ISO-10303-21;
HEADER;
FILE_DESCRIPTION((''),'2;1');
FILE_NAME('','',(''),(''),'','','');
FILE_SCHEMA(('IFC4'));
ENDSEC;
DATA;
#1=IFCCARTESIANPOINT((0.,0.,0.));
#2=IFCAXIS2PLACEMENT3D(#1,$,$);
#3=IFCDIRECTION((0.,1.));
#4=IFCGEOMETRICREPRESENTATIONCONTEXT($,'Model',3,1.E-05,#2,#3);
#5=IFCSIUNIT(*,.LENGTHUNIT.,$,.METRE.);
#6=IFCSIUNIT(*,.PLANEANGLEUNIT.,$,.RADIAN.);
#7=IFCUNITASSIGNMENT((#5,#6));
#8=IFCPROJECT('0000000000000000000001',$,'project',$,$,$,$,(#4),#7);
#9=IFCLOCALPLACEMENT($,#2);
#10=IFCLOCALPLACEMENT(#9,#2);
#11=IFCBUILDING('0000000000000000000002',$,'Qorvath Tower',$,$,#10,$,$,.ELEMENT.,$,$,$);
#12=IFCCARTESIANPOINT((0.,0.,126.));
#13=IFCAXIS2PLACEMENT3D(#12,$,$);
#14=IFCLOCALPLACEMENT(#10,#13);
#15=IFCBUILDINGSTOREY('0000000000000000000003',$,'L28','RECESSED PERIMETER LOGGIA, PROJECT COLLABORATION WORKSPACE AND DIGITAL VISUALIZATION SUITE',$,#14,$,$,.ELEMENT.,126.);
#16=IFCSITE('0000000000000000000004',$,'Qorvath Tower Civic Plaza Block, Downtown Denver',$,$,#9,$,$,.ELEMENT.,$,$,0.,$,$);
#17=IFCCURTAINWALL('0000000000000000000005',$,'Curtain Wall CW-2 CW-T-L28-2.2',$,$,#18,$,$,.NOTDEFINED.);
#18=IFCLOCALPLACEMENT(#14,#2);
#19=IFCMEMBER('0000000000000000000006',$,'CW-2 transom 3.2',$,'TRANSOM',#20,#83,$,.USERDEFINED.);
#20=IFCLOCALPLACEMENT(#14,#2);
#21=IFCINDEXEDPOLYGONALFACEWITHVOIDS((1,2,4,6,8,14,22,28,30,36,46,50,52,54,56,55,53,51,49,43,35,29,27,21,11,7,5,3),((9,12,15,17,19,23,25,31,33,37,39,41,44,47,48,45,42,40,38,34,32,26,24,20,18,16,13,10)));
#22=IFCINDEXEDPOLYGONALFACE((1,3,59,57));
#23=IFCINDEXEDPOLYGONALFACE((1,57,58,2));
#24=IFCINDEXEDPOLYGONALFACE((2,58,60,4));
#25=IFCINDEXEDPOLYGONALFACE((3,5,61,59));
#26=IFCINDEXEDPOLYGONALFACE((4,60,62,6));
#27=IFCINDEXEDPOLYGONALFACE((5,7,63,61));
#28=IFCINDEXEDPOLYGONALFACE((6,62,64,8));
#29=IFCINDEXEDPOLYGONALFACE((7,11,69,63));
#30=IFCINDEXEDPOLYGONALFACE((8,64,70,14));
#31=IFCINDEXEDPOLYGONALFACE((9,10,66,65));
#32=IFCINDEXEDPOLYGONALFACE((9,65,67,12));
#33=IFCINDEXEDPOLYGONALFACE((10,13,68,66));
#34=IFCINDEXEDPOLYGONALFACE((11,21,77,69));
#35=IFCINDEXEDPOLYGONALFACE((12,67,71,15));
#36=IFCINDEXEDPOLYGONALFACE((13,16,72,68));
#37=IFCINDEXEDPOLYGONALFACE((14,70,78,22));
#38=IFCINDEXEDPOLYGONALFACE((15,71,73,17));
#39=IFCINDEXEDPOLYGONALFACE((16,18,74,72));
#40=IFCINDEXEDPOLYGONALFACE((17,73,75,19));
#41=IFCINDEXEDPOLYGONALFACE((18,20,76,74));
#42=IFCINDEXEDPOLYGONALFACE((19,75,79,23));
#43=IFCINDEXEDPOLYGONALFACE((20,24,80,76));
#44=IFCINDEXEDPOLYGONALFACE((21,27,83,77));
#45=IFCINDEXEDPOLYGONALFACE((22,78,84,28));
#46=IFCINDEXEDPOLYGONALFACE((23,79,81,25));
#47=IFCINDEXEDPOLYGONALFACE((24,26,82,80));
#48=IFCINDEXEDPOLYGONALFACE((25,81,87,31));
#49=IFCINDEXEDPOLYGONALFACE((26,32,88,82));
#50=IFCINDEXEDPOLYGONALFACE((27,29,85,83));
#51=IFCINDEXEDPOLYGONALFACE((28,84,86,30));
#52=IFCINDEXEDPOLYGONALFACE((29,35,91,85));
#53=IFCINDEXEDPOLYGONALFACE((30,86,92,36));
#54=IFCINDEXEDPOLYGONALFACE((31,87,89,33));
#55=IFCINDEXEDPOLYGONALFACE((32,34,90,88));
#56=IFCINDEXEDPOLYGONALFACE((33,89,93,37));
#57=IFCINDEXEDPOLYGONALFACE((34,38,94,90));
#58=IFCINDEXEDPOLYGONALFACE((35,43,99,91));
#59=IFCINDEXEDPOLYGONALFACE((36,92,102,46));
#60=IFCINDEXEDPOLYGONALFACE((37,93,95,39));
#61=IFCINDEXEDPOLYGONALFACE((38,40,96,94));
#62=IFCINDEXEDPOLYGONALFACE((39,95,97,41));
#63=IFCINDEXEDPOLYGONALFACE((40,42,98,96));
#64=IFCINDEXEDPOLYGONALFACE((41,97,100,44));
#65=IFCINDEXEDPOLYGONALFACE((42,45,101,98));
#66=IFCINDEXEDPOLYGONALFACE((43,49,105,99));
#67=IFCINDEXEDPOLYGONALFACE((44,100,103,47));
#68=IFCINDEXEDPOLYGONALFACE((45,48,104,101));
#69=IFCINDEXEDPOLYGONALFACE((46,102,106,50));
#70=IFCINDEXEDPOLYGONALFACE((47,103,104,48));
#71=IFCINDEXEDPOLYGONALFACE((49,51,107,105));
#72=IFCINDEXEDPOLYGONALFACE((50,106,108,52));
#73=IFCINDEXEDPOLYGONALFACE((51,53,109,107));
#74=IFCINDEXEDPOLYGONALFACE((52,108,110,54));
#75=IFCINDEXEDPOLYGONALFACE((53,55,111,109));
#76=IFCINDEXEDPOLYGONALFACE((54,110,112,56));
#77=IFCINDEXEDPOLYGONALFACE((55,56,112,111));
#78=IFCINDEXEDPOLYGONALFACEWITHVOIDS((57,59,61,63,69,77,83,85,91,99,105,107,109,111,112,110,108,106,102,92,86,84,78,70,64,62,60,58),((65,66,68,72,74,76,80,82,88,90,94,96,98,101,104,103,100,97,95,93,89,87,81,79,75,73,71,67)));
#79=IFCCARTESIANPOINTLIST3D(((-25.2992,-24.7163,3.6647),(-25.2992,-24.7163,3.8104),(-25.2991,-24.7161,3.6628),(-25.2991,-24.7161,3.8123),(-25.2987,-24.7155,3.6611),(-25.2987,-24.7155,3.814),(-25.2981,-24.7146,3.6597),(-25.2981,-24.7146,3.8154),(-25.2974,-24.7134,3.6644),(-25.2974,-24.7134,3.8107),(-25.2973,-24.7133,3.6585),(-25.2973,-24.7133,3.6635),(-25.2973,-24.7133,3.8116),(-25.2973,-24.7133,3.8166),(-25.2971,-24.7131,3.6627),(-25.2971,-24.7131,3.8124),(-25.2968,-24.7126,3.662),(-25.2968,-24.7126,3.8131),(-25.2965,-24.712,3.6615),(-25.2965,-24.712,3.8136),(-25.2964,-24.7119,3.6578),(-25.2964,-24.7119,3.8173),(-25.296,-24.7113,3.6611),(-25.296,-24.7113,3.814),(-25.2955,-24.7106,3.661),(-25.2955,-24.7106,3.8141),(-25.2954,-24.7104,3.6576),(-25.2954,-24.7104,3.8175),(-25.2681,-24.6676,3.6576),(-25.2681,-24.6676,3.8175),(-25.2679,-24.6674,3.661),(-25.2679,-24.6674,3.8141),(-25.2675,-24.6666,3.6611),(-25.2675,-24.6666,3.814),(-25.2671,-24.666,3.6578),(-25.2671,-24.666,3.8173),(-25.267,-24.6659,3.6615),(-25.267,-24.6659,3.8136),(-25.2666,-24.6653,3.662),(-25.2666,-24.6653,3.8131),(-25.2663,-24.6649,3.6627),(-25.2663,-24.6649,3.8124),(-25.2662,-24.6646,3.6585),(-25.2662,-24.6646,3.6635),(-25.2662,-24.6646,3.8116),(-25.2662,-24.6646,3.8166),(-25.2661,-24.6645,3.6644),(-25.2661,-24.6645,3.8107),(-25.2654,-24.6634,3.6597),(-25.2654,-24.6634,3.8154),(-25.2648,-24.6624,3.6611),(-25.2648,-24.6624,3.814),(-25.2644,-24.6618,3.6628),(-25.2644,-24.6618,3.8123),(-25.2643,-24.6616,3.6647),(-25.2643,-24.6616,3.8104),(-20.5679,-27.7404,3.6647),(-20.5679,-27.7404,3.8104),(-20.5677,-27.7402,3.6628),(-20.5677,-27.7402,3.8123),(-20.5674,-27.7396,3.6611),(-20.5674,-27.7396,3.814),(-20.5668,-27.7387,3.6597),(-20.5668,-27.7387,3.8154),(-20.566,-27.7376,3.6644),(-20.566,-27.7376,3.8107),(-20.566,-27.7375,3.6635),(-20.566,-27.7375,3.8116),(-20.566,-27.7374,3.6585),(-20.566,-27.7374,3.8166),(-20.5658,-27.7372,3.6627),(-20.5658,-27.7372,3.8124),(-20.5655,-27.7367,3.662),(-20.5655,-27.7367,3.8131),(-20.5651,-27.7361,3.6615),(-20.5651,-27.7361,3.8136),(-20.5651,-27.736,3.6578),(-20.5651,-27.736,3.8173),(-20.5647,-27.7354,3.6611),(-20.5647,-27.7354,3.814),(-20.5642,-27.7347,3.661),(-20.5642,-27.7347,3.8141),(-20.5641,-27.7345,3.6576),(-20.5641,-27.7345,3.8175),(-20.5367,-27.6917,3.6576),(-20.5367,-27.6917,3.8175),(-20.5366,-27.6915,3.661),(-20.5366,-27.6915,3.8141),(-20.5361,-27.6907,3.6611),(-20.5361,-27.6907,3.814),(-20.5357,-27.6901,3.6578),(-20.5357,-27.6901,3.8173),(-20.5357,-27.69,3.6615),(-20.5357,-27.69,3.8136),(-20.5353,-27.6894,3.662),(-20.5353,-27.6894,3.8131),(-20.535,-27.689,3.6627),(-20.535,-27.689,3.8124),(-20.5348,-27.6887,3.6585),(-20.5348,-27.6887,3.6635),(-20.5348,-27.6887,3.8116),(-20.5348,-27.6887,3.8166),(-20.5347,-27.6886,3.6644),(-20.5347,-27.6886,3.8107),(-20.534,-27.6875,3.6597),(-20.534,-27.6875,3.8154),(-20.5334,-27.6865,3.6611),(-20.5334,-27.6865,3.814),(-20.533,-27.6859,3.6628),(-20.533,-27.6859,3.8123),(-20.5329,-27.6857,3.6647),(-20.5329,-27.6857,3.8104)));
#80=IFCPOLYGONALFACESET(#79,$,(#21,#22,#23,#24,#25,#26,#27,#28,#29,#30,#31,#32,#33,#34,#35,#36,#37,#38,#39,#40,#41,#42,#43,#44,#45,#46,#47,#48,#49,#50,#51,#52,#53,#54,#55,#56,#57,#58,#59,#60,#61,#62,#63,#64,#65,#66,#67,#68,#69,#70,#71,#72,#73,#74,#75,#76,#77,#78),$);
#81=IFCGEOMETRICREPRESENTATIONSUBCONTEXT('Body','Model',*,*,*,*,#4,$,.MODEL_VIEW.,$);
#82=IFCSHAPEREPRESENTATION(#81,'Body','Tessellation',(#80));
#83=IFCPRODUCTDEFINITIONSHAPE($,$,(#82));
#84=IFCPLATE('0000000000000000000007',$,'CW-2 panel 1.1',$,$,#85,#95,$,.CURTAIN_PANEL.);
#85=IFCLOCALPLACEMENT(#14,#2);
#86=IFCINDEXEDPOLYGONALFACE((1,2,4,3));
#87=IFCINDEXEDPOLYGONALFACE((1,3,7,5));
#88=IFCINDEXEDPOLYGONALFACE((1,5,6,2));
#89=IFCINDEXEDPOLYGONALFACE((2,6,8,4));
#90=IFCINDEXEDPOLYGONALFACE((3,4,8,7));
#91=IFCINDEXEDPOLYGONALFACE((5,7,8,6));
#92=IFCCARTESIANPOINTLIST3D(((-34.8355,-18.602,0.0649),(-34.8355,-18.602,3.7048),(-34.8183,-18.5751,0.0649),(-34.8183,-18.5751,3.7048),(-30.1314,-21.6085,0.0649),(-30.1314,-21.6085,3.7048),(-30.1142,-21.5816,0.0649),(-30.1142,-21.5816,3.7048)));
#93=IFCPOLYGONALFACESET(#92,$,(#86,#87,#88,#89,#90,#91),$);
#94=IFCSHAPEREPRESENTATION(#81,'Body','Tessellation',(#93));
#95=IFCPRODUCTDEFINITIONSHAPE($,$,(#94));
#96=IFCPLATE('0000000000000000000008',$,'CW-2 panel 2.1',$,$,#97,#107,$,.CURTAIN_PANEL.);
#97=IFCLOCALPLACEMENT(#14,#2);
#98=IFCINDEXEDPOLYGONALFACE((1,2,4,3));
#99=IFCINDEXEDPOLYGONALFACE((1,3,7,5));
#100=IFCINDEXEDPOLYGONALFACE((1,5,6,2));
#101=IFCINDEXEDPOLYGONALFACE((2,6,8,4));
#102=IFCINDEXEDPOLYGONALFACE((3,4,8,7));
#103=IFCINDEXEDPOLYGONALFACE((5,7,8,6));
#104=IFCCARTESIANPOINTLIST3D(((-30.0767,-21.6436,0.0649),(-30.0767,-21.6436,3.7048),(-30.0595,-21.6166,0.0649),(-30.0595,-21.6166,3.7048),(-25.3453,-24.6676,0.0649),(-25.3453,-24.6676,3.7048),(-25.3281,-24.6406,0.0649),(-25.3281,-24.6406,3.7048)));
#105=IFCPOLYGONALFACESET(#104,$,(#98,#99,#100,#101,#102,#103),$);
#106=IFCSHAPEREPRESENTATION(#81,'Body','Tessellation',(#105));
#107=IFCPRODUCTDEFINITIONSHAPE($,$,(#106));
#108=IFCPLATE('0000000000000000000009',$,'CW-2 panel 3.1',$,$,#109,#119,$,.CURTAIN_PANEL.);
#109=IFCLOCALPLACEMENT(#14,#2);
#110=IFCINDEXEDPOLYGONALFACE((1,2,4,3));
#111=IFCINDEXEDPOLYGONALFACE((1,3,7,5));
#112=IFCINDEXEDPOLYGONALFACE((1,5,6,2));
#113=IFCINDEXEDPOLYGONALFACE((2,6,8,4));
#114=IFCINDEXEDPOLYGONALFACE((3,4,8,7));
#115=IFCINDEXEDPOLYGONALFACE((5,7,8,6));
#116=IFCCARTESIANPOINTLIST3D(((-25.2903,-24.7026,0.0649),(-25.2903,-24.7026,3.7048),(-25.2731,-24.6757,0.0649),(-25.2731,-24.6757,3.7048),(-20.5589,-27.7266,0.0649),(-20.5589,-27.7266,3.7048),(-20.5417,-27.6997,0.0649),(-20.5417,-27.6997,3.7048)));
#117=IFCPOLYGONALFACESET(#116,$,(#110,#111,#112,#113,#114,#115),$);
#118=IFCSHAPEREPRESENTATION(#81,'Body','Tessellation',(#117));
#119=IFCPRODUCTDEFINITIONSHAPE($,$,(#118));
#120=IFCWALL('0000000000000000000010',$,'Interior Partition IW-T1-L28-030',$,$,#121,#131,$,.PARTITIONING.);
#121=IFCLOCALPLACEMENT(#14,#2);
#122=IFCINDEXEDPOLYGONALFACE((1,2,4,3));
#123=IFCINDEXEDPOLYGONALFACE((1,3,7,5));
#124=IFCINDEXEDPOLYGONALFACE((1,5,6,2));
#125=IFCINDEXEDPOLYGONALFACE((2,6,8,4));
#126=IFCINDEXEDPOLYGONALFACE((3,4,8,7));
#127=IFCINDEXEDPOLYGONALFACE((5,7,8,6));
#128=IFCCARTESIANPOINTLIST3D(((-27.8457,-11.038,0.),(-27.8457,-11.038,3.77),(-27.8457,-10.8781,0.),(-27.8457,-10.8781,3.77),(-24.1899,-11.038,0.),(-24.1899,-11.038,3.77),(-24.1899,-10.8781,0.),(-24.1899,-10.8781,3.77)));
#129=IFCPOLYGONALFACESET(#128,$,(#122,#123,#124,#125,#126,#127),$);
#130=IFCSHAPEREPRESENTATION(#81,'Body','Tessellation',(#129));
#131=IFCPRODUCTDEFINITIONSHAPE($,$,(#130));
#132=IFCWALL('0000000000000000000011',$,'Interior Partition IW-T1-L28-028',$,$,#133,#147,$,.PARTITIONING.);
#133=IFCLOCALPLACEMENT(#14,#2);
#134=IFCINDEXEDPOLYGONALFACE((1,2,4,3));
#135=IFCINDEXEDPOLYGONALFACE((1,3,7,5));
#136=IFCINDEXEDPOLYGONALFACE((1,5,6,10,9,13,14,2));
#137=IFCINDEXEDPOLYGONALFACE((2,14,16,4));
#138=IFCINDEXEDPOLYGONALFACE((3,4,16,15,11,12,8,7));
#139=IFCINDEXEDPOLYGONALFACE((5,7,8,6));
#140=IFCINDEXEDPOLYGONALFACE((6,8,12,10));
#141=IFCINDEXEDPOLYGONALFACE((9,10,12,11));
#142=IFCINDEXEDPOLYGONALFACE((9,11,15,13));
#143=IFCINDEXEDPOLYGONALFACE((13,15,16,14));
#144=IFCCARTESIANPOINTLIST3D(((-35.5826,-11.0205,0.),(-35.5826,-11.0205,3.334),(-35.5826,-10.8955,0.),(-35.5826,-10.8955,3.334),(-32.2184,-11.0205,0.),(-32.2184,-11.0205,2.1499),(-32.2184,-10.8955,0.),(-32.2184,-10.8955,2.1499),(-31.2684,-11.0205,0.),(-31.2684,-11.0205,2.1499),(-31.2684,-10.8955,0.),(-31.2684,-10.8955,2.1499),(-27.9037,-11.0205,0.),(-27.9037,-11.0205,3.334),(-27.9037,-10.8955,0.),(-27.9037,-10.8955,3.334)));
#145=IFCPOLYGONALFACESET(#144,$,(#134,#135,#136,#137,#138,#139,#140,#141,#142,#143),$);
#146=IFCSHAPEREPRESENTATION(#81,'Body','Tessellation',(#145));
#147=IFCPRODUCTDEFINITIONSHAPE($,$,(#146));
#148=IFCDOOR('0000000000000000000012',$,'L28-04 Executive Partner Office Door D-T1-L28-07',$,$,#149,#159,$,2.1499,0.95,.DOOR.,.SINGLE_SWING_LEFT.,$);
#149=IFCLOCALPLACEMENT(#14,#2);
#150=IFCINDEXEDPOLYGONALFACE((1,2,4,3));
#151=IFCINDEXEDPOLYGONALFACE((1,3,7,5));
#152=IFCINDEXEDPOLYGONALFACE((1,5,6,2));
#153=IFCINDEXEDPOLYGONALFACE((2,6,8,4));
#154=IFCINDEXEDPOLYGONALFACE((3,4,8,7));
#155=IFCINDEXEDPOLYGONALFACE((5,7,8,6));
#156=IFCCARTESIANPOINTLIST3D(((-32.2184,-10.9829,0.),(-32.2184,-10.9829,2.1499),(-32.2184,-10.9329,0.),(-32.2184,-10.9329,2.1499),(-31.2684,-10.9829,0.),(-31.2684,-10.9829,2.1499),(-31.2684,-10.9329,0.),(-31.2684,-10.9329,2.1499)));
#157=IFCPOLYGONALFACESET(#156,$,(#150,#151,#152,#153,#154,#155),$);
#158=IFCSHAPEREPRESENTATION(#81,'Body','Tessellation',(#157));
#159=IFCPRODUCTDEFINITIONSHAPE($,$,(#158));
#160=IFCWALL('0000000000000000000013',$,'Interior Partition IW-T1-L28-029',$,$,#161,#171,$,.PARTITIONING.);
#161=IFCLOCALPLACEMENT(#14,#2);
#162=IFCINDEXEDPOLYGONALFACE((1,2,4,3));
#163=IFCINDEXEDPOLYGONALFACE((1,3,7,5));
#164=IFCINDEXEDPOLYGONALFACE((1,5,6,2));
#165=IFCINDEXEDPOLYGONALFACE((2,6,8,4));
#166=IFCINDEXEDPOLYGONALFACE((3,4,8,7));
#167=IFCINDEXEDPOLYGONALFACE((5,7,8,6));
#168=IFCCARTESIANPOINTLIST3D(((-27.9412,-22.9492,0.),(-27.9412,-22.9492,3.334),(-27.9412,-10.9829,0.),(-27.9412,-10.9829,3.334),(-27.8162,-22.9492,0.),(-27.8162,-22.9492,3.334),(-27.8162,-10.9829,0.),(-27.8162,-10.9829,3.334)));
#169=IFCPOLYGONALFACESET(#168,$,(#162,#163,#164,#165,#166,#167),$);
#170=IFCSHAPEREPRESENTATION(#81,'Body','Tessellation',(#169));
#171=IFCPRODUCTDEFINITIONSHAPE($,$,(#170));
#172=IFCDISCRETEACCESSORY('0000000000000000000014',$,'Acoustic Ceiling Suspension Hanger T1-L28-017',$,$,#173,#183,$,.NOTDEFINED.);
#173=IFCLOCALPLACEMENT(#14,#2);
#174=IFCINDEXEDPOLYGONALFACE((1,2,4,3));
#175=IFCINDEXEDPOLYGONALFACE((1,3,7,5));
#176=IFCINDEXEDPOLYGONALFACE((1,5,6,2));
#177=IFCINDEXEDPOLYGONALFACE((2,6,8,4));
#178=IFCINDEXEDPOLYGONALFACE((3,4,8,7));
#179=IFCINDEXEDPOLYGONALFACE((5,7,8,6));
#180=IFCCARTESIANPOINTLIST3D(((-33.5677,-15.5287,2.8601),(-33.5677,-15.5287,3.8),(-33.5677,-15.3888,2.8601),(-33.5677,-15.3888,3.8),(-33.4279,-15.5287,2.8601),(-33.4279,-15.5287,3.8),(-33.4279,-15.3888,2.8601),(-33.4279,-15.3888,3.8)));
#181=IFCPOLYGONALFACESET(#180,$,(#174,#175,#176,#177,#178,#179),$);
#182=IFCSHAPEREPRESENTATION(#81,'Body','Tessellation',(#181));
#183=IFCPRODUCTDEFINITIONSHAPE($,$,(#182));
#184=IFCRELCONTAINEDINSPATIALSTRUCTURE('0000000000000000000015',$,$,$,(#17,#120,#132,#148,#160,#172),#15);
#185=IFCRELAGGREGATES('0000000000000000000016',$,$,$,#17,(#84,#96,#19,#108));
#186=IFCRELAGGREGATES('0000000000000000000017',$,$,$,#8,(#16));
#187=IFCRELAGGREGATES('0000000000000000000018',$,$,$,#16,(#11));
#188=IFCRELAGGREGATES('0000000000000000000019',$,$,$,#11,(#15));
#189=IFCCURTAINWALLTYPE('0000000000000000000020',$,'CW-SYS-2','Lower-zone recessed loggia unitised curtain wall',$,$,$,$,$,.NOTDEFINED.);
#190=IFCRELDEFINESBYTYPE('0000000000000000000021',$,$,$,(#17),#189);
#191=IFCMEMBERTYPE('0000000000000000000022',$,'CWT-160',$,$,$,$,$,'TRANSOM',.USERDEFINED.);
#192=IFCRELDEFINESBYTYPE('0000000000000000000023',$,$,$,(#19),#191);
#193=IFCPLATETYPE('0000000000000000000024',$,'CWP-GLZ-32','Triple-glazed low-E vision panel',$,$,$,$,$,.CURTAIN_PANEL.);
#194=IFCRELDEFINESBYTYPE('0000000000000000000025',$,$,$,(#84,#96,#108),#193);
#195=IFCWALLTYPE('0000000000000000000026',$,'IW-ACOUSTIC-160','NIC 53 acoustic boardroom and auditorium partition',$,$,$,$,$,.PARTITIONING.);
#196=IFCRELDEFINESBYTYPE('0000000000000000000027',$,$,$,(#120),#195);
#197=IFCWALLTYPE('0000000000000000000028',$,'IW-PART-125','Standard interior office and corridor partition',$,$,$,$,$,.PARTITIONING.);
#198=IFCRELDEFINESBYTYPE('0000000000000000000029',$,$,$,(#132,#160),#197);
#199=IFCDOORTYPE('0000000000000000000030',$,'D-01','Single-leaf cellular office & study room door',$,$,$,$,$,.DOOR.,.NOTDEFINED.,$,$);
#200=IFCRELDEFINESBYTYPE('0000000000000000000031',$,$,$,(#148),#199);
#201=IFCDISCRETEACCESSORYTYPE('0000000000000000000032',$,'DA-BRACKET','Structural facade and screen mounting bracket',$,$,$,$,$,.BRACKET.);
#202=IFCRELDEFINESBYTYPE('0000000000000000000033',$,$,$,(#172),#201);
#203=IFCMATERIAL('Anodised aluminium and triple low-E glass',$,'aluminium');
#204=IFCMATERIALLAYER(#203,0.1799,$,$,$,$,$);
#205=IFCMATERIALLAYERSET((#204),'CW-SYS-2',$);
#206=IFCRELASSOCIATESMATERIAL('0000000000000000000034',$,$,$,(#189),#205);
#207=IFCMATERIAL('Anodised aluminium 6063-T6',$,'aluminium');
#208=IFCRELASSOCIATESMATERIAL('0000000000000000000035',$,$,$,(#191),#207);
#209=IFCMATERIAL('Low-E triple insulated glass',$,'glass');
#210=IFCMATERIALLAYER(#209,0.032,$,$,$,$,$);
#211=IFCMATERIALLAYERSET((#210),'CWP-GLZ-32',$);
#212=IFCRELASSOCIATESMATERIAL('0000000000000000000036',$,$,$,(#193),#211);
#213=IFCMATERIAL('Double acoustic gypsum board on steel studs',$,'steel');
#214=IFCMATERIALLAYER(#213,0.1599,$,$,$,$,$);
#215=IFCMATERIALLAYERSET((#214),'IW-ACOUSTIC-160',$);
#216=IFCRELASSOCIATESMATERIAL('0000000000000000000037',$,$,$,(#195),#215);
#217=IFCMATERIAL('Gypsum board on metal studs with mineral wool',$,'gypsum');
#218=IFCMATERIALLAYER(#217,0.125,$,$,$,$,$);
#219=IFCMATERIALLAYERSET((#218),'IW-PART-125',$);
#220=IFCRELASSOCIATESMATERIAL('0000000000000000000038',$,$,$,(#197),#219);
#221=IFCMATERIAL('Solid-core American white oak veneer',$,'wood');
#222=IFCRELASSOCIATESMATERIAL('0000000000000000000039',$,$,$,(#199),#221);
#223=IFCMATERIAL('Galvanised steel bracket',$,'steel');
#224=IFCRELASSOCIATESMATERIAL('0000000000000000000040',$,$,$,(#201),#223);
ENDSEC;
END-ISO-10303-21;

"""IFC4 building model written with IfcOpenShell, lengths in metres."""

from ifc_helpers import new_model, si_unit, direction, frame, frame_2d, origin, origin_2d, place, context, subcontext, project, spatial, rectangle, hollow_rectangle, extrude, material, layer, layer_set, material_profile, profile_set, type_object, element, fill, aggregate, save


model = new_model("IFC4")

# Units and contexts
model_context = context("Model", 3, precision=1e-05, world=origin(), true_north=direction((0.0, 1.0)))
body_context = subcontext(model_context, "Body", "Model", "MODEL_VIEW")
ifc_project = project(units=[si_unit("LENGTHUNIT", "METRE"), si_unit("PLANEANGLEUNIT", "RADIAN")], contexts=[model_context])

# Site, building, storey
site_placement = place(None, origin())
site = spatial("IfcSite", under=ifc_project, at=site_placement, Name="Qorvath Tower Civic Plaza Block, Downtown Denver", CompositionType="ELEMENT", RefElevation=0.0)
building_placement = place(site_placement, origin())
building = spatial("IfcBuilding", under=site, at=building_placement, Name="Qorvath Tower", CompositionType="ELEMENT")
storey_placement = place(building_placement, frame((0.0, 0.0, 126.0)))
storey = spatial("IfcBuildingStorey", under=building, at=storey_placement, Name="L28", Description="RECESSED PERIMETER LOGGIA, PROJECT COLLABORATION WORKSPACE AND DIGITAL VISUALIZATION SUITE", CompositionType="ELEMENT", Elevation=126.0)

# Curtain wall, member, plates
ifc_material_1 = material(Name="Anodised aluminium and triple low-E glass", Category="aluminium")
ifc_layer_1 = layer(ifc_material_1, 0.1799)
ifc_layer_set_1 = layer_set([ifc_layer_1], Name="CW-SYS-2")
curtain_wall_type = type_object("IfcCurtainWallType", Name="CW-SYS-2", Description="Lower-zone recessed loggia unitised curtain wall", PredefinedType="NOTDEFINED", material=ifc_layer_set_1)
curtain_wall_placement = place(storey_placement, origin())
curtain_wall = element("IfcCurtainWall", 1, at=curtain_wall_placement, inside=storey, type_object=curtain_wall_type, Name="Curtain Wall CW-2 CW-T-L28-2.2", PredefinedType="NOTDEFINED")
ifc_material_2 = material(Name="Anodised aluminium 6063-T6", Category="aluminium")
ifc_material_profile_1 = material_profile(ifc_material_2, hollow_rectangle(XDim=0.0649, YDim=0.1599, WallThickness=0.0034, InnerFilletRadius=0.0034, OuterFilletRadius=0.0071, at=origin_2d()), Name="CWT 160x65")
ifc_profile_set_1 = profile_set([ifc_material_profile_1], Name="Anodised aluminium 6063-T6")
member_type_1 = type_object("IfcMemberType", Name="CWT-160", ElementType="TRANSOM", PredefinedType="USERDEFINED", material=ifc_profile_set_1)
member_1_placement = place(storey_placement, frame((-25.2817, -24.689, 3.7375), z_axis=(0.842591, -0.538554, 0.0), x_axis=(0.538554, 0.842591, 0.0)))
member_1 = element("IfcMember", 2, at=member_1_placement, type_object=member_type_1, Name="CW-2 transom 3.2", ObjectType="TRANSOM", PredefinedType="USERDEFINED", context=body_context, shape_type="SweptSolid", body=[
    extrude(hollow_rectangle(XDim=0.0649, YDim=0.1599, WallThickness=0.0034, InnerFilletRadius=0.0034, OuterFilletRadius=0.0071, at=origin_2d()), origin(), (0.0, 0.0, 1.0), 5.6152),
])
ifc_material_3 = material(Name="Low-E triple insulated glass", Category="glass")
ifc_layer_2 = layer(ifc_material_3, 0.032)
ifc_layer_set_2 = layer_set([ifc_layer_2], Name="CWP-GLZ-32")
plate_type = type_object("IfcPlateType", Name="CWP-GLZ-32", Description="Triple-glazed low-E vision panel", PredefinedType="CURTAIN_PANEL", material=ifc_layer_set_2)
plate_1_placement = place(storey_placement, frame((-32.4749, -20.0918, 0.0649), z_axis=(0.0, 0.0, 1.0), x_axis=(0.842602, -0.538536, 0.0)))
plate_1 = element("IfcPlate", 3, at=plate_1_placement, type_object=plate_type, Name="CW-2 panel 1.1", PredefinedType="CURTAIN_PANEL", context=body_context, shape_type="SweptSolid", body=[
    extrude(rectangle(XDim=5.5828, YDim=0.032, at=origin_2d()), origin(), (0.0, 0.0, 1.0), 3.6399),
])
plate_2_placement = place(storey_placement, frame((-27.7024, -23.1421, 0.0649), z_axis=(0.0, 0.0, 1.0), x_axis=(0.842602, -0.538536, 0.0)))
plate_2 = element("IfcPlate", 4, at=plate_2_placement, type_object=plate_type, Name="CW-2 panel 2.1", PredefinedType="CURTAIN_PANEL", context=body_context, shape_type="SweptSolid", body=[
    extrude(rectangle(XDim=5.6152, YDim=0.032, at=origin_2d()), origin(), (0.0, 0.0, 1.0), 3.6399),
])
plate_3_placement = place(storey_placement, frame((-22.916, -26.2012, 0.0649), z_axis=(0.0, 0.0, 1.0), x_axis=(0.842602, -0.538536, 0.0)))
plate_3 = element("IfcPlate", 5, at=plate_3_placement, type_object=plate_type, Name="CW-2 panel 3.1", PredefinedType="CURTAIN_PANEL", context=body_context, shape_type="SweptSolid", body=[
    extrude(rectangle(XDim=5.6152, YDim=0.032, at=origin_2d()), origin(), (0.0, 0.0, 1.0), 3.6399),
])
aggregate(curtain_wall, [plate_1, plate_2, member_1, plate_3])

# Wall
ifc_material_4 = material(Name="Double acoustic gypsum board on steel studs", Category="steel")
ifc_layer_3 = layer(ifc_material_4, 0.1599)
ifc_layer_set_3 = layer_set([ifc_layer_3], Name="IW-ACOUSTIC-160")
wall_type_1 = type_object("IfcWallType", Name="IW-ACOUSTIC-160", Description="NIC 53 acoustic boardroom and auditorium partition", PredefinedType="PARTITIONING", material=ifc_layer_set_3)
wall_1_placement = place(storey_placement, frame((-24.1899, -10.958, 0.0), z_axis=(0.0, 0.0, 1.0), x_axis=(-1.0, 0.0, 0.0)))
element("IfcWall", 6, at=wall_1_placement, inside=storey, type_object=wall_type_1, Name="Interior Partition IW-T1-L28-030", PredefinedType="PARTITIONING", context=body_context, shape_type="SweptSolid", body=[
    extrude(rectangle(XDim=3.6558, YDim=0.1599, at=frame_2d((1.8279, 0.0))), origin(), (0.0, 0.0, 1.0), 3.77),
])

# Wall, opening, door
ifc_material_5 = material(Name="Gypsum board on metal studs with mineral wool", Category="gypsum")
ifc_layer_4 = layer(ifc_material_5, 0.125)
ifc_layer_set_4 = layer_set([ifc_layer_4], Name="IW-PART-125")
wall_type_2 = type_object("IfcWallType", Name="IW-PART-125", Description="Standard interior office and corridor partition", PredefinedType="PARTITIONING", material=ifc_layer_set_4)
wall_2_placement = place(storey_placement, frame((-27.9038, -10.958, 0.0), z_axis=(0.0, 0.0, 1.0), x_axis=(-1.0, 0.0, 0.0)))
wall_2 = element("IfcWall", 7, at=wall_2_placement, inside=storey, type_object=wall_type_2, Name="Interior Partition IW-T1-L28-028", PredefinedType="PARTITIONING", context=body_context, shape_type="SweptSolid", body=[
    extrude(rectangle(XDim=7.679, YDim=0.125, at=frame_2d((3.8394, 0.0))), origin(), (0.0, 0.0, 1.0), 3.334),
])
opening_placement = place(wall_2_placement, frame((3.3645, 0.0, 0.0)))
opening = element("IfcOpeningElement", 8, at=opening_placement, cuts=wall_2, PredefinedType="OPENING", context=body_context, shape_type="SweptSolid", body=[
    extrude(rectangle(XDim=0.95, YDim=2.1499, at=frame_2d((0.4751, 1.075))), frame((0.0, 0.0725, 0.0), z_axis=(0.0, -1.0, 0.0), x_axis=(1.0, 0.0, 0.0)), (0.0, 0.0, 1.0), 0.145),
])
ifc_material_6 = material(Name="Solid-core American white oak veneer", Category="wood")
door_type = type_object("IfcDoorType", Name="D-01", Description="Single-leaf cellular office & study room door", OperationType="NOTDEFINED", PredefinedType="DOOR", material=ifc_material_6)
door_placement = place(opening_placement, origin())
door = element("IfcDoor", 9, at=door_placement, inside=storey, type_object=door_type, Name="L28-04 Executive Partner Office Door D-T1-L28-07", OperationType="SINGLE_SWING_LEFT", OverallHeight=2.1499, OverallWidth=0.95, PredefinedType="DOOR", context=body_context, shape_type="SweptSolid", body=[
    extrude(rectangle(XDim=0.95, YDim=2.1499, at=frame_2d((0.4751, 1.075))), frame((0.0, 0.0249, 0.0), z_axis=(0.0, -1.0, 0.0), x_axis=(1.0, 0.0, 0.0)), (0.0, 0.0, 1.0), 0.05),
])
fill(opening, door)

# Wall
wall_3_placement = place(storey_placement, frame((-27.8787, -22.9492, 0.0), z_axis=(0.0, 0.0, 1.0), x_axis=(0.0, 1.0, 0.0)))
element("IfcWall", 10, at=wall_3_placement, inside=storey, type_object=wall_type_2, Name="Interior Partition IW-T1-L28-029", PredefinedType="PARTITIONING", context=body_context, shape_type="SweptSolid", body=[
    extrude(rectangle(XDim=11.9663, YDim=0.125, at=frame_2d((5.9832, 0.0))), origin(), (0.0, 0.0, 1.0), 3.334),
])

# Discrete accessory
ifc_material_7 = material(Name="Galvanised steel bracket", Category="steel")
discrete_accessory_type = type_object("IfcDiscreteAccessoryType", Name="DA-BRACKET", Description="Structural facade and screen mounting bracket", PredefinedType="BRACKET", material=ifc_material_7)
for number, where, z_axis, x_axis, name in (
    (11, (-33.4978, -15.4587, 2.8601), (0.0, 0.0, 1.0), (1.0, 0.0, 0.0), "Acoustic Ceiling Suspension Hanger T1-L28-017"),
):
    element("IfcDiscreteAccessory", number, at=place(storey_placement, frame(where, z_axis=z_axis, x_axis=x_axis)), inside=storey, type_object=discrete_accessory_type, Name=name, PredefinedType="NOTDEFINED", context=body_context, shape_type="SweptSolid", body=[
        extrude(rectangle(XDim=0.1399, YDim=0.1399, at=origin_2d()), origin(), (0.0, 0.0, 1.0), 0.9399),
    ])

save(model, "model.ifc")
